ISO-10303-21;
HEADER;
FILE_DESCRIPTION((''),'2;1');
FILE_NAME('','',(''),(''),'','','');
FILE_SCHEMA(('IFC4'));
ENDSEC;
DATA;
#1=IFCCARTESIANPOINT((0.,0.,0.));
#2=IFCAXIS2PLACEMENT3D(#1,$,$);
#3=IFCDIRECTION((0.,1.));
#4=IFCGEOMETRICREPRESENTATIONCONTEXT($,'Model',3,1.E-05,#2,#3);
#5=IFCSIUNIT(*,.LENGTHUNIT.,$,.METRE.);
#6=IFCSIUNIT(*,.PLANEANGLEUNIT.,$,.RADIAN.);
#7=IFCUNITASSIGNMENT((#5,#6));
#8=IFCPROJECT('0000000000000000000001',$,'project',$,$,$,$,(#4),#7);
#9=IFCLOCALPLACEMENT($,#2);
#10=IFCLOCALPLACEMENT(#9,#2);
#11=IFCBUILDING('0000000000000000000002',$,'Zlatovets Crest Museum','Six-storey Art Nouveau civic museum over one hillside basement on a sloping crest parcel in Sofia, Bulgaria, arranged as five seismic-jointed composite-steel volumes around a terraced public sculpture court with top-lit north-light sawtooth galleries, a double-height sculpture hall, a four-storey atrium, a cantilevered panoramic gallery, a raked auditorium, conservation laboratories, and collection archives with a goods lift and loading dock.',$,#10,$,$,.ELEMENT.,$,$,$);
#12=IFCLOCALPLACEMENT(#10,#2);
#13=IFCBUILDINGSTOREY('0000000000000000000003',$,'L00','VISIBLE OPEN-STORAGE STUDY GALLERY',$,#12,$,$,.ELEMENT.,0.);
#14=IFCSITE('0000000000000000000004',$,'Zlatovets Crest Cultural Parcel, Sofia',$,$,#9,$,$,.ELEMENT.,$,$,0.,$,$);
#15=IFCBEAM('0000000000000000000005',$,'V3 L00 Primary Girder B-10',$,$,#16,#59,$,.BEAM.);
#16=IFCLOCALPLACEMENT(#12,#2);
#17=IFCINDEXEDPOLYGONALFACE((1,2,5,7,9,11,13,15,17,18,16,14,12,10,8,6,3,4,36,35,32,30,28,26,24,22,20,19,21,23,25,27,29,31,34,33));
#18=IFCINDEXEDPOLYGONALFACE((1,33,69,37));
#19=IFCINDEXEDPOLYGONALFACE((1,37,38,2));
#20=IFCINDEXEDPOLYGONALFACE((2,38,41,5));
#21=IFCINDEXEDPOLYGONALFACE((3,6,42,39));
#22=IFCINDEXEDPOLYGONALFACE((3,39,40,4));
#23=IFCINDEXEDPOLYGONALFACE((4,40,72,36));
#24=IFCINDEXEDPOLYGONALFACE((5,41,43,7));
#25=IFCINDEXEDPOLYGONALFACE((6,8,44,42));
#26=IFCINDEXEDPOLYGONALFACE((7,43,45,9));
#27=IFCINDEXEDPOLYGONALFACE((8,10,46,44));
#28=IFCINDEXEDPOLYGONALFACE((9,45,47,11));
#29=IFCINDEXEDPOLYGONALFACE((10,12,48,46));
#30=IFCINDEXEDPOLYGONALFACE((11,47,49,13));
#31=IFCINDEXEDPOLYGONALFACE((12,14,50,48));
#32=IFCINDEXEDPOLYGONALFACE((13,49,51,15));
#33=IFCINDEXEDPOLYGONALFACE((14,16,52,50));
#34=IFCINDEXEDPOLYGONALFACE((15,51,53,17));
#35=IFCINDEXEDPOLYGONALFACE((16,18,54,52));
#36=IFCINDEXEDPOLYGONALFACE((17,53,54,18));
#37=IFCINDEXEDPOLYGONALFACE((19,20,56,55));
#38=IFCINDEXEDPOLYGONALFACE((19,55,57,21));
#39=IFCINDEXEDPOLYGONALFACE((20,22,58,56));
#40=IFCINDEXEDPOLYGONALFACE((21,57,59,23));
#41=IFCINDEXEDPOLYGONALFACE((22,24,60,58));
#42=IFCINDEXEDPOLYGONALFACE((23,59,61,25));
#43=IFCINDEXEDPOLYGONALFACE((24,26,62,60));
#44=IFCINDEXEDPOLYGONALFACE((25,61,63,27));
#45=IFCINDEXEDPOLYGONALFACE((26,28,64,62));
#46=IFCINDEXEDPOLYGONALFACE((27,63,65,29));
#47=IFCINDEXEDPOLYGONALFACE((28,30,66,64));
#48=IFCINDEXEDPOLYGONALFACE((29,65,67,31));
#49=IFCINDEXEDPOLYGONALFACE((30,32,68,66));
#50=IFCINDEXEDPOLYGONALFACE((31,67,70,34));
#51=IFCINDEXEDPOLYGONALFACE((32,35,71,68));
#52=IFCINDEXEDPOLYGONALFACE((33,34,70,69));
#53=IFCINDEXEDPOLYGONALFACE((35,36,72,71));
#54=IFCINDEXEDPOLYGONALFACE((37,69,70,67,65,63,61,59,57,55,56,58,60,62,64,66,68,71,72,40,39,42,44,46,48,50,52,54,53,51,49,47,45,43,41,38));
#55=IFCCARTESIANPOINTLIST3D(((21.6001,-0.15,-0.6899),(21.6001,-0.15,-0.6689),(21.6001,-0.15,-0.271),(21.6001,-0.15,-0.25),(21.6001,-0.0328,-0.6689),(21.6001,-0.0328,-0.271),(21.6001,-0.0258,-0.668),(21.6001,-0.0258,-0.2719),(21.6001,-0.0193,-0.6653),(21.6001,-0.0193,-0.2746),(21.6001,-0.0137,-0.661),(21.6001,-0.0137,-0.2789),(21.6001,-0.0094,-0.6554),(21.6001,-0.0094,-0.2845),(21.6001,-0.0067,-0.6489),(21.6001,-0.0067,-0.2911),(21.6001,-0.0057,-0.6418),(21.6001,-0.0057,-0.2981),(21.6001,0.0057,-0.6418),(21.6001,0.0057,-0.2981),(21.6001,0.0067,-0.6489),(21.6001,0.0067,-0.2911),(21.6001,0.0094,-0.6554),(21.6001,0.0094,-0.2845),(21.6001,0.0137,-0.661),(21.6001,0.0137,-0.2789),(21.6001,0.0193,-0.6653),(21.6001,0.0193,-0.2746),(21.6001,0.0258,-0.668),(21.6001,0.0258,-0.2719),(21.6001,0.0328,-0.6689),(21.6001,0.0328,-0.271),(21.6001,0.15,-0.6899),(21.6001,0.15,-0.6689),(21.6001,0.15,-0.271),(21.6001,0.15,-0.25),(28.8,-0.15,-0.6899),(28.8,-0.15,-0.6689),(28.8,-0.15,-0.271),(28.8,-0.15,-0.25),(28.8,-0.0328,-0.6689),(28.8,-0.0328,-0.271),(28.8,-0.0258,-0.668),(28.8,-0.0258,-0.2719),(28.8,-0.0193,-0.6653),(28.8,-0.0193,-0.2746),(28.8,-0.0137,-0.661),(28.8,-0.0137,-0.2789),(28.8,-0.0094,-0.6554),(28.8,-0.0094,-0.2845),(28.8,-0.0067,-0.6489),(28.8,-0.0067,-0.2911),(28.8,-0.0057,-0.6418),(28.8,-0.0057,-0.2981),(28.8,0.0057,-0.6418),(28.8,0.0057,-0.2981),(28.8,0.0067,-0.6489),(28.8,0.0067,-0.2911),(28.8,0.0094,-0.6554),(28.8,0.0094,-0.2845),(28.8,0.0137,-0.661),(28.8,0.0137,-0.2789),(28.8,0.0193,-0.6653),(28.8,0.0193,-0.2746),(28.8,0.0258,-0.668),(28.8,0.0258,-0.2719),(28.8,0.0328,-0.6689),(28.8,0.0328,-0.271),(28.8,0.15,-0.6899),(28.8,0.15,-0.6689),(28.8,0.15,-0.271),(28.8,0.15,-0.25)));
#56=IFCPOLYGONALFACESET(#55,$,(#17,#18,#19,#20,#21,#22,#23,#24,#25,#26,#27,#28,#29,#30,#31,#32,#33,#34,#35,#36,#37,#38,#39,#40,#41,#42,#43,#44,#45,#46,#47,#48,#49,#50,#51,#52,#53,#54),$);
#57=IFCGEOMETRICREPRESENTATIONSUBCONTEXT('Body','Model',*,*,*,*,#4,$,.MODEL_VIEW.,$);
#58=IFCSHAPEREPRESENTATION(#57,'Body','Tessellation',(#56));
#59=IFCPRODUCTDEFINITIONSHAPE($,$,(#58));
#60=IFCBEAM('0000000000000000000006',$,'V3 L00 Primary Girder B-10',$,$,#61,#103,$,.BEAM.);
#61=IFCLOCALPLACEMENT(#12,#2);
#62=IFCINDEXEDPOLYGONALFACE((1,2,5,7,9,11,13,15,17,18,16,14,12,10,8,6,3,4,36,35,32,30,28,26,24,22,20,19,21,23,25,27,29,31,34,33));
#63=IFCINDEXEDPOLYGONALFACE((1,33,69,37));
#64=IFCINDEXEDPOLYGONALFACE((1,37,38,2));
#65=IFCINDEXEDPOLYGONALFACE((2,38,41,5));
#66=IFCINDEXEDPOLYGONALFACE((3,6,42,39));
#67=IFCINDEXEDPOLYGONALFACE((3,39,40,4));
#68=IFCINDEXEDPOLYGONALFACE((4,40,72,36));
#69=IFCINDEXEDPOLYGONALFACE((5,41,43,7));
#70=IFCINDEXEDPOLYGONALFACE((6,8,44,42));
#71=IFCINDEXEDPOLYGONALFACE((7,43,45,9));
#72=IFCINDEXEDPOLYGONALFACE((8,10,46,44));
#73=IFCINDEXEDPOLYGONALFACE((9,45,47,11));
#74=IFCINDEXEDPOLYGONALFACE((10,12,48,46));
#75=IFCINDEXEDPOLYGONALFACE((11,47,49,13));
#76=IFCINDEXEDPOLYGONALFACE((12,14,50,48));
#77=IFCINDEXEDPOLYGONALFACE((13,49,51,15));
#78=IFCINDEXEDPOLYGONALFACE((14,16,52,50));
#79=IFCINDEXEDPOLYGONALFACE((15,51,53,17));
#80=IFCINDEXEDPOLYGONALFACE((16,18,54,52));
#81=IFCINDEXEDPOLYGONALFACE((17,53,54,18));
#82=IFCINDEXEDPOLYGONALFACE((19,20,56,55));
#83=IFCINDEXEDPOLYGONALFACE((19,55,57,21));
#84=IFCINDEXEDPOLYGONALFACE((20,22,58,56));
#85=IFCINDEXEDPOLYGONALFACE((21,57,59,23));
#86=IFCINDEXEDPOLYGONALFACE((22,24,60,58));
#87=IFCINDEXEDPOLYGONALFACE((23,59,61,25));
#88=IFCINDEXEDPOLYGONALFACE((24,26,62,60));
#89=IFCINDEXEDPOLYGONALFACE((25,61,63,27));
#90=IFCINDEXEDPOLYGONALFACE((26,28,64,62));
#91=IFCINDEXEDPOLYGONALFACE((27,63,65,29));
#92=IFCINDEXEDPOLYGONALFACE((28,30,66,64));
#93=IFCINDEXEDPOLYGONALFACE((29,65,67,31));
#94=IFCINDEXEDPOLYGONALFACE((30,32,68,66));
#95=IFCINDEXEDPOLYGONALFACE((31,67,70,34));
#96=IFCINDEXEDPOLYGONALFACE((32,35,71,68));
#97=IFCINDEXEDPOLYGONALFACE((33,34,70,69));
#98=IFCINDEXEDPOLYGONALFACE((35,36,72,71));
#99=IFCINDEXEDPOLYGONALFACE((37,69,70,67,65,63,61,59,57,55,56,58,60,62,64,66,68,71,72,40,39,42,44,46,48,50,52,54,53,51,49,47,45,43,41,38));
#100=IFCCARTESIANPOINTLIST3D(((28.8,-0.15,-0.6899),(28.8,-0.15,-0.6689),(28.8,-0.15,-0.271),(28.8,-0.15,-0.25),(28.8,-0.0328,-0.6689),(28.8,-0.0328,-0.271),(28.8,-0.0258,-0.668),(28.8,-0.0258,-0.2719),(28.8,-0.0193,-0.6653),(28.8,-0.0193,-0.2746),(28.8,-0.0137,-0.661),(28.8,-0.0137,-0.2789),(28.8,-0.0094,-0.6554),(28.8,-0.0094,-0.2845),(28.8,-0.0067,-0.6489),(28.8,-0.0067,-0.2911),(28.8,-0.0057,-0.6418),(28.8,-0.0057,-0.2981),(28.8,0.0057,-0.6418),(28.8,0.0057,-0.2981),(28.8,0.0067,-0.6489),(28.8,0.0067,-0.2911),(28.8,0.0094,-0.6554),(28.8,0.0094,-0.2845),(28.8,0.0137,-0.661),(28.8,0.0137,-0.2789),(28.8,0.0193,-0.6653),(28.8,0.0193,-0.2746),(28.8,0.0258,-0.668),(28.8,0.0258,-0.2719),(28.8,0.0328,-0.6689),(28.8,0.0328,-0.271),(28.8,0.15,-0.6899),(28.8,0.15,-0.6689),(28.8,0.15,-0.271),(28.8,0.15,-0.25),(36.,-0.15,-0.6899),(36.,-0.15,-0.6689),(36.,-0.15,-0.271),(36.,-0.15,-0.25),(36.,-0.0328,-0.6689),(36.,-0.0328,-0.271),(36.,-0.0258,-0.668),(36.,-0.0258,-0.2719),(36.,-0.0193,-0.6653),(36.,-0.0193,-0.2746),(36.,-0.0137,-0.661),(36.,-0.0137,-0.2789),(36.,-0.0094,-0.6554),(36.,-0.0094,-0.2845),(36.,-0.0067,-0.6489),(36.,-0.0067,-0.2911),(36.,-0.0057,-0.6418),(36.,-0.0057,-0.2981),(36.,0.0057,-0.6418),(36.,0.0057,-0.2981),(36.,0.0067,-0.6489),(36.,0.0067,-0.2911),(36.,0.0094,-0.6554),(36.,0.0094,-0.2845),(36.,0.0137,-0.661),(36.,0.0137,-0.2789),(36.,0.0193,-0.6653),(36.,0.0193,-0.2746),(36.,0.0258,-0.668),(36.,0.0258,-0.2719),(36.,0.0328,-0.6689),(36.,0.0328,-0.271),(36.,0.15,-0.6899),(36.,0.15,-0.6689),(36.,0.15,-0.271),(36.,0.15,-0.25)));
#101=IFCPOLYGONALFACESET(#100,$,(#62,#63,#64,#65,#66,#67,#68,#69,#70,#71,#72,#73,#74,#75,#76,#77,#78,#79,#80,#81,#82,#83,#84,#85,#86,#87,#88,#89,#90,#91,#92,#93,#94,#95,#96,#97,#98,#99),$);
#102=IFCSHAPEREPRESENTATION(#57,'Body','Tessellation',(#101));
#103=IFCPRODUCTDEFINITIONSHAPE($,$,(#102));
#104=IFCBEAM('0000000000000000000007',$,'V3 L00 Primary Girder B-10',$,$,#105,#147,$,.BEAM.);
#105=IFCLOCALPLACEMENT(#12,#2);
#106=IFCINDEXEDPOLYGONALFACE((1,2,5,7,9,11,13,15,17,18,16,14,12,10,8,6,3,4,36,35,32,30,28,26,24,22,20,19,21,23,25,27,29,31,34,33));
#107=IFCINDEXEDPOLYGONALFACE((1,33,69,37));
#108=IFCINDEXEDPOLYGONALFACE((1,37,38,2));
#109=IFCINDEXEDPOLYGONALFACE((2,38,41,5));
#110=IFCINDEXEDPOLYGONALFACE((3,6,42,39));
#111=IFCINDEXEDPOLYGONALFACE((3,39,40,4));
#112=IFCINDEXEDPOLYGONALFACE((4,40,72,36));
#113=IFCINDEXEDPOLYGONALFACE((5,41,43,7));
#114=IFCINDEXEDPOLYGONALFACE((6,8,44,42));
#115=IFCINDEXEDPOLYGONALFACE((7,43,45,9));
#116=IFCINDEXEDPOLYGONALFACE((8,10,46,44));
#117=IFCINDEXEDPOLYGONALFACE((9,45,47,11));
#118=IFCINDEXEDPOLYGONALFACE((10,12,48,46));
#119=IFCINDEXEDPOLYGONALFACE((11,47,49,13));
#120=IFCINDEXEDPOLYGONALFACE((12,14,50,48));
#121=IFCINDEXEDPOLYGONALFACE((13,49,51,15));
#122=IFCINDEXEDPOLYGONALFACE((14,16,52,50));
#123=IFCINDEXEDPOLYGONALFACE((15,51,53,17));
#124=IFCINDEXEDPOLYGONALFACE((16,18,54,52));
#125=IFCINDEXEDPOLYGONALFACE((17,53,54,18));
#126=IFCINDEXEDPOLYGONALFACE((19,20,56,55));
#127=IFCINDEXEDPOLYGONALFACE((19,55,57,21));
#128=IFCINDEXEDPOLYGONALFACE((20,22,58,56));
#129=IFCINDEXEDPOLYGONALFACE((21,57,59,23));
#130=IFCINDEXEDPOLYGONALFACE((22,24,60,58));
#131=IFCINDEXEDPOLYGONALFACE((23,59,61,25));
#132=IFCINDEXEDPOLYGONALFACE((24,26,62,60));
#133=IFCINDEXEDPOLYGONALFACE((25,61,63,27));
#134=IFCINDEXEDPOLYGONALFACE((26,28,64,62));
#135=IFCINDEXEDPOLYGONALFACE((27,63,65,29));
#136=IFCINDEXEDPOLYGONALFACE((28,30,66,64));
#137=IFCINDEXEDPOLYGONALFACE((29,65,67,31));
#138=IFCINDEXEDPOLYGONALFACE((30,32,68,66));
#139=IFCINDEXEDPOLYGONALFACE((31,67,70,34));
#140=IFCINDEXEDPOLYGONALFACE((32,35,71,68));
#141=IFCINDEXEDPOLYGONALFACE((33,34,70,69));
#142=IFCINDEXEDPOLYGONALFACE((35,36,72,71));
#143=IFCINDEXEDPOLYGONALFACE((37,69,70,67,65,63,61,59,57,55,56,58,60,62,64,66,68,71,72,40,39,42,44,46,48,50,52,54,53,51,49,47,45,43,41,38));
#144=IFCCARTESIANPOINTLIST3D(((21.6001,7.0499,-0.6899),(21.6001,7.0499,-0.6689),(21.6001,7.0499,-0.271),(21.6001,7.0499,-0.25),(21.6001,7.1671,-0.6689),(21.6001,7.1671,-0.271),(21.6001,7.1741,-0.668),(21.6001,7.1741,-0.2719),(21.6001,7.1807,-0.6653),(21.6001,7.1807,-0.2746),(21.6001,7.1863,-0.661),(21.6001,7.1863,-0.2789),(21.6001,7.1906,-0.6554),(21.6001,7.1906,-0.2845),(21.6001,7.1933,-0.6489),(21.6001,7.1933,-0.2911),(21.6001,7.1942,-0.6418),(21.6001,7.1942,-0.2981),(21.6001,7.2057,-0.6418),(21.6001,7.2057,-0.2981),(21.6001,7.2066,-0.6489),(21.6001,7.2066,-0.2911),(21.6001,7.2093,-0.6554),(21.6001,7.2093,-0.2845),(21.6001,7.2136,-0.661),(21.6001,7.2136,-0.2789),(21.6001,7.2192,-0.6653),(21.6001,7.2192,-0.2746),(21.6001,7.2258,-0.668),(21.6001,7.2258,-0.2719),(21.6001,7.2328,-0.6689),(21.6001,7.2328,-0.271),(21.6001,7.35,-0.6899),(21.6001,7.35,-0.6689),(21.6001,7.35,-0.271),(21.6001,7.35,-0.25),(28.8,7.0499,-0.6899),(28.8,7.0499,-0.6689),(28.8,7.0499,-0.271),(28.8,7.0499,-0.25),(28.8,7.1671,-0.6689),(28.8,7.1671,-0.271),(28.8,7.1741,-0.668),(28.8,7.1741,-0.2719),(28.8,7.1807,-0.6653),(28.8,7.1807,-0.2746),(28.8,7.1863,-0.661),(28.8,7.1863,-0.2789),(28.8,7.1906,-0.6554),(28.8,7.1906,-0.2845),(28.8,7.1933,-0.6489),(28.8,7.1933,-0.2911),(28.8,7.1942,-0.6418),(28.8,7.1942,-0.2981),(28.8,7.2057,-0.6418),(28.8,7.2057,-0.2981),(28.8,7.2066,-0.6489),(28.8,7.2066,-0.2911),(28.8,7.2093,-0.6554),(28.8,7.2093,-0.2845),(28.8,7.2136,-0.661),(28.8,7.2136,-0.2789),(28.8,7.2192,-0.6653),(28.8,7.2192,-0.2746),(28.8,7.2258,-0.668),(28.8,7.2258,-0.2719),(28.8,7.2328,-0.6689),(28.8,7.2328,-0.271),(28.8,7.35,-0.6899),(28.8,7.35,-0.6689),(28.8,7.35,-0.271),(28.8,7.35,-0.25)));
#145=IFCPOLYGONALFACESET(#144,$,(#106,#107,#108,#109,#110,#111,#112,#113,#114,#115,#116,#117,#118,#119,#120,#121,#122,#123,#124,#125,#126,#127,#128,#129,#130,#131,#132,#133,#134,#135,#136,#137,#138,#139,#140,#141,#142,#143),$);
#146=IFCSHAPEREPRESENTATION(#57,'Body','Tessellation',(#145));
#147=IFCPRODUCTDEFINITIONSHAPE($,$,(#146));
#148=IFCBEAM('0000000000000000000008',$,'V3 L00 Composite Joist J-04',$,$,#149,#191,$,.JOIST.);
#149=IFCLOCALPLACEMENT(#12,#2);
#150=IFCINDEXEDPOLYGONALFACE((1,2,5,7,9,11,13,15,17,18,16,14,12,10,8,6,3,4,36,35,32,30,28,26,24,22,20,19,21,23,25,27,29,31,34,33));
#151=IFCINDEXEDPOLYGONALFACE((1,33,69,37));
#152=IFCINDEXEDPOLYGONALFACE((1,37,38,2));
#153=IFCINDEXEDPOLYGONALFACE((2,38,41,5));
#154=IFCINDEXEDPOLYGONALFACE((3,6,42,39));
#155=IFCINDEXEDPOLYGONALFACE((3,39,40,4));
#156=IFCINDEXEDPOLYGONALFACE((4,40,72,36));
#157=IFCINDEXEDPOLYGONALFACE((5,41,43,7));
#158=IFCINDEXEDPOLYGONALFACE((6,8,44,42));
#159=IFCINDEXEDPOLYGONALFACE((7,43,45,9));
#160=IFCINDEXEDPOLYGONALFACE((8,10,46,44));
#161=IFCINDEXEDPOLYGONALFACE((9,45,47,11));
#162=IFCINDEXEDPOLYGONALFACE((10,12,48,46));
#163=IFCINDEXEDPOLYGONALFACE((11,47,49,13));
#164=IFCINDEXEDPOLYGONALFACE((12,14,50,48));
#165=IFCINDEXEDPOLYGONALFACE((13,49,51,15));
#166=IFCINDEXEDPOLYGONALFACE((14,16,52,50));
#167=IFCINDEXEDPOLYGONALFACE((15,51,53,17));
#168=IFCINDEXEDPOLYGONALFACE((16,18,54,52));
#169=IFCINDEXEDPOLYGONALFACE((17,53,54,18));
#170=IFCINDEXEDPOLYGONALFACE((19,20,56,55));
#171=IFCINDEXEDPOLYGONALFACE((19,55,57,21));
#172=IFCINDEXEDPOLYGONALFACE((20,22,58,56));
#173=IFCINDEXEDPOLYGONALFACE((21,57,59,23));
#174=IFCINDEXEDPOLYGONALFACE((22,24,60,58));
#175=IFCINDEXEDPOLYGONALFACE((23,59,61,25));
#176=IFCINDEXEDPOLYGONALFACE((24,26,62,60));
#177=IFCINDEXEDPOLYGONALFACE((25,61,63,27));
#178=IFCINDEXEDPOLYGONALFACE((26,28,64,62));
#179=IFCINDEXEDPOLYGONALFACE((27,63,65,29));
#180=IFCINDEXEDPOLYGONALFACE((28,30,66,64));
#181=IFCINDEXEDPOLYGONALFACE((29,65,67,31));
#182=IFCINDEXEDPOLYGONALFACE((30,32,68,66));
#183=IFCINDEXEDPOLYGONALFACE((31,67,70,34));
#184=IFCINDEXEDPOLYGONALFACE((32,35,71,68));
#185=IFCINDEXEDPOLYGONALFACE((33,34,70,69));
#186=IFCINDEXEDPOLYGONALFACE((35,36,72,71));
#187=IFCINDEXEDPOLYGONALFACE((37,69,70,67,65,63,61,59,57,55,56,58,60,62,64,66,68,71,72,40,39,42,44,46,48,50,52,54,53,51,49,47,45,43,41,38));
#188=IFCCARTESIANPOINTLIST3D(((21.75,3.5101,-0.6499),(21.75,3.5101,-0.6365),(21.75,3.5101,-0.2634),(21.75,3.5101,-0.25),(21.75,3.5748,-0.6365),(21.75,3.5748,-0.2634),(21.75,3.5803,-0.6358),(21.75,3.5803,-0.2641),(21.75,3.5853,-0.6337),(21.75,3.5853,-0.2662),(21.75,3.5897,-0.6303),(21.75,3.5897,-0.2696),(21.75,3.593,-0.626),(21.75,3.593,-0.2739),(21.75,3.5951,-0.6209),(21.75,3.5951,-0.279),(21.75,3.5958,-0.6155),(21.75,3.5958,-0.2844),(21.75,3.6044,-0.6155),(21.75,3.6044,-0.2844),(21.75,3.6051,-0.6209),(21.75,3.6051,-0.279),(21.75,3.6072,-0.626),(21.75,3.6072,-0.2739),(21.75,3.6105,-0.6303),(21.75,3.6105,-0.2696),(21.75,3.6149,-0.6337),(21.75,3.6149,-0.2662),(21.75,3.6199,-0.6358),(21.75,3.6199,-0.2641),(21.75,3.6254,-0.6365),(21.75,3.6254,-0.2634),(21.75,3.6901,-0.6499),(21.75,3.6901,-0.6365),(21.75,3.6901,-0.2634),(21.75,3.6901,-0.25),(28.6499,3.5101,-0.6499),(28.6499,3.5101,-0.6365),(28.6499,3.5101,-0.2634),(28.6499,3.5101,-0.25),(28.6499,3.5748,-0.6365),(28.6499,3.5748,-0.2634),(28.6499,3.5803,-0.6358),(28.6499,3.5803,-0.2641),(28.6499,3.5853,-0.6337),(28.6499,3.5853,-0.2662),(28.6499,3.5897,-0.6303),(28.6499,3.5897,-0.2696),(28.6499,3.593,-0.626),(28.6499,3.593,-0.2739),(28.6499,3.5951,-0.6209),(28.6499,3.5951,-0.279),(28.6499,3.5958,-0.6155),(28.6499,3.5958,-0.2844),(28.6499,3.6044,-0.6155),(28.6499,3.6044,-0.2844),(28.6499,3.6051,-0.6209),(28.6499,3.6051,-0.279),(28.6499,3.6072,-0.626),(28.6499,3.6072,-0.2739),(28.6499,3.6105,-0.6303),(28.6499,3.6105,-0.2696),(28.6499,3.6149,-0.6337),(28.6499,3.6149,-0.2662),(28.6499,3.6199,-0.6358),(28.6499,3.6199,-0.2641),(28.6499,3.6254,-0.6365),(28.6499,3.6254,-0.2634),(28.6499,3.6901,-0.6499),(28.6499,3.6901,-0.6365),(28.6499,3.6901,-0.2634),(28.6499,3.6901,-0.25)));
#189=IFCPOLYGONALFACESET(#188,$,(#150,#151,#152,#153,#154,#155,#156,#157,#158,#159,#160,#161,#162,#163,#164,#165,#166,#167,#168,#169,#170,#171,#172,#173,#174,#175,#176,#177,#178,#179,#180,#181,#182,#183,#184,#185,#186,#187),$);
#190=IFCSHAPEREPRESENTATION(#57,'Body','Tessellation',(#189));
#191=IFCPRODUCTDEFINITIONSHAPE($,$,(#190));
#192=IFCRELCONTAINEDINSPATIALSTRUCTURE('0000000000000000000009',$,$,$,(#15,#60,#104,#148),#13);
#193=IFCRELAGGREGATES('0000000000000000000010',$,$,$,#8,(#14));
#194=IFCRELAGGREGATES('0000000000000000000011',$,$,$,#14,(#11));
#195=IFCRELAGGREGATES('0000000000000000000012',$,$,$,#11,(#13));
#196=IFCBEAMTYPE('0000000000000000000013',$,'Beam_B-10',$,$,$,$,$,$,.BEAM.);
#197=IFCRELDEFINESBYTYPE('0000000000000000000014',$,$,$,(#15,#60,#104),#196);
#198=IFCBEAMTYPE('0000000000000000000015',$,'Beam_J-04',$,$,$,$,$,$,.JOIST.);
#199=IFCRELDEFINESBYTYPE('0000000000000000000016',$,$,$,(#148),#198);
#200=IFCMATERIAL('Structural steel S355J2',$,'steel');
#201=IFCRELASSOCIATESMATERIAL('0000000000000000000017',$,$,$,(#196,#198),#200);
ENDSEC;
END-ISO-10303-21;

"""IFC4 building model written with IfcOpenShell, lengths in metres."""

from ifc_helpers import new_model, si_unit, direction, frame, origin, origin_2d, place, context, subcontext, project, spatial, i_section, extrude, material, material_profile, profile_set, type_object, element, save


model = new_model("IFC4")

# Units and contexts
model_context = context("Model", 3, precision=1e-05, world=origin(), true_north=direction((0.0, 1.0)))
body_context = subcontext(model_context, "Body", "Model", "MODEL_VIEW")
ifc_project = project(units=[si_unit("LENGTHUNIT", "METRE"), si_unit("PLANEANGLEUNIT", "RADIAN")], contexts=[model_context])

# Site, building, storey
site_placement = place(None, origin())
site = spatial("IfcSite", under=ifc_project, at=site_placement, Name="Zlatovets Crest Cultural Parcel, Sofia", CompositionType="ELEMENT", RefElevation=0.0)
building_placement = place(site_placement, origin())
building = spatial("IfcBuilding", under=site, at=building_placement, Name="Zlatovets Crest Museum", Description="Six-storey Art Nouveau civic museum over one hillside basement on a sloping crest parcel in Sofia, Bulgaria, arranged as five seismic-jointed composite-steel volumes around a terraced public sculpture court with top-lit north-light sawtooth galleries, a double-height sculpture hall, a four-storey atrium, a cantilevered panoramic gallery, a raked auditorium, conservation laboratories, and collection archives with a goods lift and loading dock.", CompositionType="ELEMENT")
storey_placement = place(building_placement, origin())
storey = spatial("IfcBuildingStorey", under=building, at=storey_placement, Name="L00", Description="VISIBLE OPEN-STORAGE STUDY GALLERY", CompositionType="ELEMENT", Elevation=0.0)

# Shared definitions
ifc_material_1 = material(Name="Structural steel S355J2", Category="steel")

# Beams
ifc_material_profile_1 = material_profile(ifc_material_1, i_section(OverallWidth=0.3, OverallDepth=0.4399, WebThickness=0.0115, FlangeThickness=0.021, FilletRadius=0.0271, at=origin_2d()), Name="HEA 450")
ifc_profile_set_1 = profile_set([ifc_material_profile_1], Name="Structural steel S355J2")
beam_type_1 = type_object("IfcBeamType", Name="Beam_B-10", PredefinedType="BEAM", material=ifc_profile_set_1)
for number, where, z_axis, x_axis, name in (
    (1, (21.6001, 0.0, -0.47), (1.0, 0.0, 0.0), (0.0, 1.0, 0.0), "V3 L00 Primary Girder B-10"),
    (2, (28.8, 0.0, -0.47), (1.0, 0.0, 0.0), (0.0, 1.0, 0.0), "V3 L00 Primary Girder B-10"),
    (3, (21.6001, 7.2, -0.47), (1.0, 0.0, 0.0), (0.0, 1.0, 0.0), "V3 L00 Primary Girder B-10"),
):
    element("IfcBeam", number, at=place(storey_placement, frame(where, z_axis=z_axis, x_axis=x_axis)), inside=storey, type_object=beam_type_1, Name=name, PredefinedType="BEAM", context=body_context, shape_type="SweptSolid", body=[
        extrude(i_section(OverallWidth=0.3, OverallDepth=0.4399, WebThickness=0.0115, FlangeThickness=0.021, FilletRadius=0.0271, at=origin_2d()), origin(), (0.0, 0.0, 1.0), 7.2),
    ])
ifc_material_profile_2 = material_profile(ifc_material_1, i_section(OverallWidth=0.1799, OverallDepth=0.3999, WebThickness=0.0085, FlangeThickness=0.0134, FilletRadius=0.021, at=origin_2d()), Name="IPE 400")
ifc_profile_set_2 = profile_set([ifc_material_profile_2], Name="Structural steel S355J2")
beam_type_2 = type_object("IfcBeamType", Name="Beam_J-04", PredefinedType="JOIST", material=ifc_profile_set_2)
beam_placement = place(storey_placement, frame((21.75, 3.6001, -0.45), z_axis=(1.0, 0.0, 0.0), x_axis=(0.0, 1.0, 0.0)))
element("IfcBeam", 4, at=beam_placement, inside=storey, type_object=beam_type_2, Name="V3 L00 Composite Joist J-04", PredefinedType="JOIST", context=body_context, shape_type="SweptSolid", body=[
    extrude(i_section(OverallWidth=0.1799, OverallDepth=0.3999, WebThickness=0.0085, FlangeThickness=0.0134, FilletRadius=0.021, at=origin_2d()), origin(), (0.0, 0.0, 1.0), 6.8999),
])

save(model, "model.ifc")
